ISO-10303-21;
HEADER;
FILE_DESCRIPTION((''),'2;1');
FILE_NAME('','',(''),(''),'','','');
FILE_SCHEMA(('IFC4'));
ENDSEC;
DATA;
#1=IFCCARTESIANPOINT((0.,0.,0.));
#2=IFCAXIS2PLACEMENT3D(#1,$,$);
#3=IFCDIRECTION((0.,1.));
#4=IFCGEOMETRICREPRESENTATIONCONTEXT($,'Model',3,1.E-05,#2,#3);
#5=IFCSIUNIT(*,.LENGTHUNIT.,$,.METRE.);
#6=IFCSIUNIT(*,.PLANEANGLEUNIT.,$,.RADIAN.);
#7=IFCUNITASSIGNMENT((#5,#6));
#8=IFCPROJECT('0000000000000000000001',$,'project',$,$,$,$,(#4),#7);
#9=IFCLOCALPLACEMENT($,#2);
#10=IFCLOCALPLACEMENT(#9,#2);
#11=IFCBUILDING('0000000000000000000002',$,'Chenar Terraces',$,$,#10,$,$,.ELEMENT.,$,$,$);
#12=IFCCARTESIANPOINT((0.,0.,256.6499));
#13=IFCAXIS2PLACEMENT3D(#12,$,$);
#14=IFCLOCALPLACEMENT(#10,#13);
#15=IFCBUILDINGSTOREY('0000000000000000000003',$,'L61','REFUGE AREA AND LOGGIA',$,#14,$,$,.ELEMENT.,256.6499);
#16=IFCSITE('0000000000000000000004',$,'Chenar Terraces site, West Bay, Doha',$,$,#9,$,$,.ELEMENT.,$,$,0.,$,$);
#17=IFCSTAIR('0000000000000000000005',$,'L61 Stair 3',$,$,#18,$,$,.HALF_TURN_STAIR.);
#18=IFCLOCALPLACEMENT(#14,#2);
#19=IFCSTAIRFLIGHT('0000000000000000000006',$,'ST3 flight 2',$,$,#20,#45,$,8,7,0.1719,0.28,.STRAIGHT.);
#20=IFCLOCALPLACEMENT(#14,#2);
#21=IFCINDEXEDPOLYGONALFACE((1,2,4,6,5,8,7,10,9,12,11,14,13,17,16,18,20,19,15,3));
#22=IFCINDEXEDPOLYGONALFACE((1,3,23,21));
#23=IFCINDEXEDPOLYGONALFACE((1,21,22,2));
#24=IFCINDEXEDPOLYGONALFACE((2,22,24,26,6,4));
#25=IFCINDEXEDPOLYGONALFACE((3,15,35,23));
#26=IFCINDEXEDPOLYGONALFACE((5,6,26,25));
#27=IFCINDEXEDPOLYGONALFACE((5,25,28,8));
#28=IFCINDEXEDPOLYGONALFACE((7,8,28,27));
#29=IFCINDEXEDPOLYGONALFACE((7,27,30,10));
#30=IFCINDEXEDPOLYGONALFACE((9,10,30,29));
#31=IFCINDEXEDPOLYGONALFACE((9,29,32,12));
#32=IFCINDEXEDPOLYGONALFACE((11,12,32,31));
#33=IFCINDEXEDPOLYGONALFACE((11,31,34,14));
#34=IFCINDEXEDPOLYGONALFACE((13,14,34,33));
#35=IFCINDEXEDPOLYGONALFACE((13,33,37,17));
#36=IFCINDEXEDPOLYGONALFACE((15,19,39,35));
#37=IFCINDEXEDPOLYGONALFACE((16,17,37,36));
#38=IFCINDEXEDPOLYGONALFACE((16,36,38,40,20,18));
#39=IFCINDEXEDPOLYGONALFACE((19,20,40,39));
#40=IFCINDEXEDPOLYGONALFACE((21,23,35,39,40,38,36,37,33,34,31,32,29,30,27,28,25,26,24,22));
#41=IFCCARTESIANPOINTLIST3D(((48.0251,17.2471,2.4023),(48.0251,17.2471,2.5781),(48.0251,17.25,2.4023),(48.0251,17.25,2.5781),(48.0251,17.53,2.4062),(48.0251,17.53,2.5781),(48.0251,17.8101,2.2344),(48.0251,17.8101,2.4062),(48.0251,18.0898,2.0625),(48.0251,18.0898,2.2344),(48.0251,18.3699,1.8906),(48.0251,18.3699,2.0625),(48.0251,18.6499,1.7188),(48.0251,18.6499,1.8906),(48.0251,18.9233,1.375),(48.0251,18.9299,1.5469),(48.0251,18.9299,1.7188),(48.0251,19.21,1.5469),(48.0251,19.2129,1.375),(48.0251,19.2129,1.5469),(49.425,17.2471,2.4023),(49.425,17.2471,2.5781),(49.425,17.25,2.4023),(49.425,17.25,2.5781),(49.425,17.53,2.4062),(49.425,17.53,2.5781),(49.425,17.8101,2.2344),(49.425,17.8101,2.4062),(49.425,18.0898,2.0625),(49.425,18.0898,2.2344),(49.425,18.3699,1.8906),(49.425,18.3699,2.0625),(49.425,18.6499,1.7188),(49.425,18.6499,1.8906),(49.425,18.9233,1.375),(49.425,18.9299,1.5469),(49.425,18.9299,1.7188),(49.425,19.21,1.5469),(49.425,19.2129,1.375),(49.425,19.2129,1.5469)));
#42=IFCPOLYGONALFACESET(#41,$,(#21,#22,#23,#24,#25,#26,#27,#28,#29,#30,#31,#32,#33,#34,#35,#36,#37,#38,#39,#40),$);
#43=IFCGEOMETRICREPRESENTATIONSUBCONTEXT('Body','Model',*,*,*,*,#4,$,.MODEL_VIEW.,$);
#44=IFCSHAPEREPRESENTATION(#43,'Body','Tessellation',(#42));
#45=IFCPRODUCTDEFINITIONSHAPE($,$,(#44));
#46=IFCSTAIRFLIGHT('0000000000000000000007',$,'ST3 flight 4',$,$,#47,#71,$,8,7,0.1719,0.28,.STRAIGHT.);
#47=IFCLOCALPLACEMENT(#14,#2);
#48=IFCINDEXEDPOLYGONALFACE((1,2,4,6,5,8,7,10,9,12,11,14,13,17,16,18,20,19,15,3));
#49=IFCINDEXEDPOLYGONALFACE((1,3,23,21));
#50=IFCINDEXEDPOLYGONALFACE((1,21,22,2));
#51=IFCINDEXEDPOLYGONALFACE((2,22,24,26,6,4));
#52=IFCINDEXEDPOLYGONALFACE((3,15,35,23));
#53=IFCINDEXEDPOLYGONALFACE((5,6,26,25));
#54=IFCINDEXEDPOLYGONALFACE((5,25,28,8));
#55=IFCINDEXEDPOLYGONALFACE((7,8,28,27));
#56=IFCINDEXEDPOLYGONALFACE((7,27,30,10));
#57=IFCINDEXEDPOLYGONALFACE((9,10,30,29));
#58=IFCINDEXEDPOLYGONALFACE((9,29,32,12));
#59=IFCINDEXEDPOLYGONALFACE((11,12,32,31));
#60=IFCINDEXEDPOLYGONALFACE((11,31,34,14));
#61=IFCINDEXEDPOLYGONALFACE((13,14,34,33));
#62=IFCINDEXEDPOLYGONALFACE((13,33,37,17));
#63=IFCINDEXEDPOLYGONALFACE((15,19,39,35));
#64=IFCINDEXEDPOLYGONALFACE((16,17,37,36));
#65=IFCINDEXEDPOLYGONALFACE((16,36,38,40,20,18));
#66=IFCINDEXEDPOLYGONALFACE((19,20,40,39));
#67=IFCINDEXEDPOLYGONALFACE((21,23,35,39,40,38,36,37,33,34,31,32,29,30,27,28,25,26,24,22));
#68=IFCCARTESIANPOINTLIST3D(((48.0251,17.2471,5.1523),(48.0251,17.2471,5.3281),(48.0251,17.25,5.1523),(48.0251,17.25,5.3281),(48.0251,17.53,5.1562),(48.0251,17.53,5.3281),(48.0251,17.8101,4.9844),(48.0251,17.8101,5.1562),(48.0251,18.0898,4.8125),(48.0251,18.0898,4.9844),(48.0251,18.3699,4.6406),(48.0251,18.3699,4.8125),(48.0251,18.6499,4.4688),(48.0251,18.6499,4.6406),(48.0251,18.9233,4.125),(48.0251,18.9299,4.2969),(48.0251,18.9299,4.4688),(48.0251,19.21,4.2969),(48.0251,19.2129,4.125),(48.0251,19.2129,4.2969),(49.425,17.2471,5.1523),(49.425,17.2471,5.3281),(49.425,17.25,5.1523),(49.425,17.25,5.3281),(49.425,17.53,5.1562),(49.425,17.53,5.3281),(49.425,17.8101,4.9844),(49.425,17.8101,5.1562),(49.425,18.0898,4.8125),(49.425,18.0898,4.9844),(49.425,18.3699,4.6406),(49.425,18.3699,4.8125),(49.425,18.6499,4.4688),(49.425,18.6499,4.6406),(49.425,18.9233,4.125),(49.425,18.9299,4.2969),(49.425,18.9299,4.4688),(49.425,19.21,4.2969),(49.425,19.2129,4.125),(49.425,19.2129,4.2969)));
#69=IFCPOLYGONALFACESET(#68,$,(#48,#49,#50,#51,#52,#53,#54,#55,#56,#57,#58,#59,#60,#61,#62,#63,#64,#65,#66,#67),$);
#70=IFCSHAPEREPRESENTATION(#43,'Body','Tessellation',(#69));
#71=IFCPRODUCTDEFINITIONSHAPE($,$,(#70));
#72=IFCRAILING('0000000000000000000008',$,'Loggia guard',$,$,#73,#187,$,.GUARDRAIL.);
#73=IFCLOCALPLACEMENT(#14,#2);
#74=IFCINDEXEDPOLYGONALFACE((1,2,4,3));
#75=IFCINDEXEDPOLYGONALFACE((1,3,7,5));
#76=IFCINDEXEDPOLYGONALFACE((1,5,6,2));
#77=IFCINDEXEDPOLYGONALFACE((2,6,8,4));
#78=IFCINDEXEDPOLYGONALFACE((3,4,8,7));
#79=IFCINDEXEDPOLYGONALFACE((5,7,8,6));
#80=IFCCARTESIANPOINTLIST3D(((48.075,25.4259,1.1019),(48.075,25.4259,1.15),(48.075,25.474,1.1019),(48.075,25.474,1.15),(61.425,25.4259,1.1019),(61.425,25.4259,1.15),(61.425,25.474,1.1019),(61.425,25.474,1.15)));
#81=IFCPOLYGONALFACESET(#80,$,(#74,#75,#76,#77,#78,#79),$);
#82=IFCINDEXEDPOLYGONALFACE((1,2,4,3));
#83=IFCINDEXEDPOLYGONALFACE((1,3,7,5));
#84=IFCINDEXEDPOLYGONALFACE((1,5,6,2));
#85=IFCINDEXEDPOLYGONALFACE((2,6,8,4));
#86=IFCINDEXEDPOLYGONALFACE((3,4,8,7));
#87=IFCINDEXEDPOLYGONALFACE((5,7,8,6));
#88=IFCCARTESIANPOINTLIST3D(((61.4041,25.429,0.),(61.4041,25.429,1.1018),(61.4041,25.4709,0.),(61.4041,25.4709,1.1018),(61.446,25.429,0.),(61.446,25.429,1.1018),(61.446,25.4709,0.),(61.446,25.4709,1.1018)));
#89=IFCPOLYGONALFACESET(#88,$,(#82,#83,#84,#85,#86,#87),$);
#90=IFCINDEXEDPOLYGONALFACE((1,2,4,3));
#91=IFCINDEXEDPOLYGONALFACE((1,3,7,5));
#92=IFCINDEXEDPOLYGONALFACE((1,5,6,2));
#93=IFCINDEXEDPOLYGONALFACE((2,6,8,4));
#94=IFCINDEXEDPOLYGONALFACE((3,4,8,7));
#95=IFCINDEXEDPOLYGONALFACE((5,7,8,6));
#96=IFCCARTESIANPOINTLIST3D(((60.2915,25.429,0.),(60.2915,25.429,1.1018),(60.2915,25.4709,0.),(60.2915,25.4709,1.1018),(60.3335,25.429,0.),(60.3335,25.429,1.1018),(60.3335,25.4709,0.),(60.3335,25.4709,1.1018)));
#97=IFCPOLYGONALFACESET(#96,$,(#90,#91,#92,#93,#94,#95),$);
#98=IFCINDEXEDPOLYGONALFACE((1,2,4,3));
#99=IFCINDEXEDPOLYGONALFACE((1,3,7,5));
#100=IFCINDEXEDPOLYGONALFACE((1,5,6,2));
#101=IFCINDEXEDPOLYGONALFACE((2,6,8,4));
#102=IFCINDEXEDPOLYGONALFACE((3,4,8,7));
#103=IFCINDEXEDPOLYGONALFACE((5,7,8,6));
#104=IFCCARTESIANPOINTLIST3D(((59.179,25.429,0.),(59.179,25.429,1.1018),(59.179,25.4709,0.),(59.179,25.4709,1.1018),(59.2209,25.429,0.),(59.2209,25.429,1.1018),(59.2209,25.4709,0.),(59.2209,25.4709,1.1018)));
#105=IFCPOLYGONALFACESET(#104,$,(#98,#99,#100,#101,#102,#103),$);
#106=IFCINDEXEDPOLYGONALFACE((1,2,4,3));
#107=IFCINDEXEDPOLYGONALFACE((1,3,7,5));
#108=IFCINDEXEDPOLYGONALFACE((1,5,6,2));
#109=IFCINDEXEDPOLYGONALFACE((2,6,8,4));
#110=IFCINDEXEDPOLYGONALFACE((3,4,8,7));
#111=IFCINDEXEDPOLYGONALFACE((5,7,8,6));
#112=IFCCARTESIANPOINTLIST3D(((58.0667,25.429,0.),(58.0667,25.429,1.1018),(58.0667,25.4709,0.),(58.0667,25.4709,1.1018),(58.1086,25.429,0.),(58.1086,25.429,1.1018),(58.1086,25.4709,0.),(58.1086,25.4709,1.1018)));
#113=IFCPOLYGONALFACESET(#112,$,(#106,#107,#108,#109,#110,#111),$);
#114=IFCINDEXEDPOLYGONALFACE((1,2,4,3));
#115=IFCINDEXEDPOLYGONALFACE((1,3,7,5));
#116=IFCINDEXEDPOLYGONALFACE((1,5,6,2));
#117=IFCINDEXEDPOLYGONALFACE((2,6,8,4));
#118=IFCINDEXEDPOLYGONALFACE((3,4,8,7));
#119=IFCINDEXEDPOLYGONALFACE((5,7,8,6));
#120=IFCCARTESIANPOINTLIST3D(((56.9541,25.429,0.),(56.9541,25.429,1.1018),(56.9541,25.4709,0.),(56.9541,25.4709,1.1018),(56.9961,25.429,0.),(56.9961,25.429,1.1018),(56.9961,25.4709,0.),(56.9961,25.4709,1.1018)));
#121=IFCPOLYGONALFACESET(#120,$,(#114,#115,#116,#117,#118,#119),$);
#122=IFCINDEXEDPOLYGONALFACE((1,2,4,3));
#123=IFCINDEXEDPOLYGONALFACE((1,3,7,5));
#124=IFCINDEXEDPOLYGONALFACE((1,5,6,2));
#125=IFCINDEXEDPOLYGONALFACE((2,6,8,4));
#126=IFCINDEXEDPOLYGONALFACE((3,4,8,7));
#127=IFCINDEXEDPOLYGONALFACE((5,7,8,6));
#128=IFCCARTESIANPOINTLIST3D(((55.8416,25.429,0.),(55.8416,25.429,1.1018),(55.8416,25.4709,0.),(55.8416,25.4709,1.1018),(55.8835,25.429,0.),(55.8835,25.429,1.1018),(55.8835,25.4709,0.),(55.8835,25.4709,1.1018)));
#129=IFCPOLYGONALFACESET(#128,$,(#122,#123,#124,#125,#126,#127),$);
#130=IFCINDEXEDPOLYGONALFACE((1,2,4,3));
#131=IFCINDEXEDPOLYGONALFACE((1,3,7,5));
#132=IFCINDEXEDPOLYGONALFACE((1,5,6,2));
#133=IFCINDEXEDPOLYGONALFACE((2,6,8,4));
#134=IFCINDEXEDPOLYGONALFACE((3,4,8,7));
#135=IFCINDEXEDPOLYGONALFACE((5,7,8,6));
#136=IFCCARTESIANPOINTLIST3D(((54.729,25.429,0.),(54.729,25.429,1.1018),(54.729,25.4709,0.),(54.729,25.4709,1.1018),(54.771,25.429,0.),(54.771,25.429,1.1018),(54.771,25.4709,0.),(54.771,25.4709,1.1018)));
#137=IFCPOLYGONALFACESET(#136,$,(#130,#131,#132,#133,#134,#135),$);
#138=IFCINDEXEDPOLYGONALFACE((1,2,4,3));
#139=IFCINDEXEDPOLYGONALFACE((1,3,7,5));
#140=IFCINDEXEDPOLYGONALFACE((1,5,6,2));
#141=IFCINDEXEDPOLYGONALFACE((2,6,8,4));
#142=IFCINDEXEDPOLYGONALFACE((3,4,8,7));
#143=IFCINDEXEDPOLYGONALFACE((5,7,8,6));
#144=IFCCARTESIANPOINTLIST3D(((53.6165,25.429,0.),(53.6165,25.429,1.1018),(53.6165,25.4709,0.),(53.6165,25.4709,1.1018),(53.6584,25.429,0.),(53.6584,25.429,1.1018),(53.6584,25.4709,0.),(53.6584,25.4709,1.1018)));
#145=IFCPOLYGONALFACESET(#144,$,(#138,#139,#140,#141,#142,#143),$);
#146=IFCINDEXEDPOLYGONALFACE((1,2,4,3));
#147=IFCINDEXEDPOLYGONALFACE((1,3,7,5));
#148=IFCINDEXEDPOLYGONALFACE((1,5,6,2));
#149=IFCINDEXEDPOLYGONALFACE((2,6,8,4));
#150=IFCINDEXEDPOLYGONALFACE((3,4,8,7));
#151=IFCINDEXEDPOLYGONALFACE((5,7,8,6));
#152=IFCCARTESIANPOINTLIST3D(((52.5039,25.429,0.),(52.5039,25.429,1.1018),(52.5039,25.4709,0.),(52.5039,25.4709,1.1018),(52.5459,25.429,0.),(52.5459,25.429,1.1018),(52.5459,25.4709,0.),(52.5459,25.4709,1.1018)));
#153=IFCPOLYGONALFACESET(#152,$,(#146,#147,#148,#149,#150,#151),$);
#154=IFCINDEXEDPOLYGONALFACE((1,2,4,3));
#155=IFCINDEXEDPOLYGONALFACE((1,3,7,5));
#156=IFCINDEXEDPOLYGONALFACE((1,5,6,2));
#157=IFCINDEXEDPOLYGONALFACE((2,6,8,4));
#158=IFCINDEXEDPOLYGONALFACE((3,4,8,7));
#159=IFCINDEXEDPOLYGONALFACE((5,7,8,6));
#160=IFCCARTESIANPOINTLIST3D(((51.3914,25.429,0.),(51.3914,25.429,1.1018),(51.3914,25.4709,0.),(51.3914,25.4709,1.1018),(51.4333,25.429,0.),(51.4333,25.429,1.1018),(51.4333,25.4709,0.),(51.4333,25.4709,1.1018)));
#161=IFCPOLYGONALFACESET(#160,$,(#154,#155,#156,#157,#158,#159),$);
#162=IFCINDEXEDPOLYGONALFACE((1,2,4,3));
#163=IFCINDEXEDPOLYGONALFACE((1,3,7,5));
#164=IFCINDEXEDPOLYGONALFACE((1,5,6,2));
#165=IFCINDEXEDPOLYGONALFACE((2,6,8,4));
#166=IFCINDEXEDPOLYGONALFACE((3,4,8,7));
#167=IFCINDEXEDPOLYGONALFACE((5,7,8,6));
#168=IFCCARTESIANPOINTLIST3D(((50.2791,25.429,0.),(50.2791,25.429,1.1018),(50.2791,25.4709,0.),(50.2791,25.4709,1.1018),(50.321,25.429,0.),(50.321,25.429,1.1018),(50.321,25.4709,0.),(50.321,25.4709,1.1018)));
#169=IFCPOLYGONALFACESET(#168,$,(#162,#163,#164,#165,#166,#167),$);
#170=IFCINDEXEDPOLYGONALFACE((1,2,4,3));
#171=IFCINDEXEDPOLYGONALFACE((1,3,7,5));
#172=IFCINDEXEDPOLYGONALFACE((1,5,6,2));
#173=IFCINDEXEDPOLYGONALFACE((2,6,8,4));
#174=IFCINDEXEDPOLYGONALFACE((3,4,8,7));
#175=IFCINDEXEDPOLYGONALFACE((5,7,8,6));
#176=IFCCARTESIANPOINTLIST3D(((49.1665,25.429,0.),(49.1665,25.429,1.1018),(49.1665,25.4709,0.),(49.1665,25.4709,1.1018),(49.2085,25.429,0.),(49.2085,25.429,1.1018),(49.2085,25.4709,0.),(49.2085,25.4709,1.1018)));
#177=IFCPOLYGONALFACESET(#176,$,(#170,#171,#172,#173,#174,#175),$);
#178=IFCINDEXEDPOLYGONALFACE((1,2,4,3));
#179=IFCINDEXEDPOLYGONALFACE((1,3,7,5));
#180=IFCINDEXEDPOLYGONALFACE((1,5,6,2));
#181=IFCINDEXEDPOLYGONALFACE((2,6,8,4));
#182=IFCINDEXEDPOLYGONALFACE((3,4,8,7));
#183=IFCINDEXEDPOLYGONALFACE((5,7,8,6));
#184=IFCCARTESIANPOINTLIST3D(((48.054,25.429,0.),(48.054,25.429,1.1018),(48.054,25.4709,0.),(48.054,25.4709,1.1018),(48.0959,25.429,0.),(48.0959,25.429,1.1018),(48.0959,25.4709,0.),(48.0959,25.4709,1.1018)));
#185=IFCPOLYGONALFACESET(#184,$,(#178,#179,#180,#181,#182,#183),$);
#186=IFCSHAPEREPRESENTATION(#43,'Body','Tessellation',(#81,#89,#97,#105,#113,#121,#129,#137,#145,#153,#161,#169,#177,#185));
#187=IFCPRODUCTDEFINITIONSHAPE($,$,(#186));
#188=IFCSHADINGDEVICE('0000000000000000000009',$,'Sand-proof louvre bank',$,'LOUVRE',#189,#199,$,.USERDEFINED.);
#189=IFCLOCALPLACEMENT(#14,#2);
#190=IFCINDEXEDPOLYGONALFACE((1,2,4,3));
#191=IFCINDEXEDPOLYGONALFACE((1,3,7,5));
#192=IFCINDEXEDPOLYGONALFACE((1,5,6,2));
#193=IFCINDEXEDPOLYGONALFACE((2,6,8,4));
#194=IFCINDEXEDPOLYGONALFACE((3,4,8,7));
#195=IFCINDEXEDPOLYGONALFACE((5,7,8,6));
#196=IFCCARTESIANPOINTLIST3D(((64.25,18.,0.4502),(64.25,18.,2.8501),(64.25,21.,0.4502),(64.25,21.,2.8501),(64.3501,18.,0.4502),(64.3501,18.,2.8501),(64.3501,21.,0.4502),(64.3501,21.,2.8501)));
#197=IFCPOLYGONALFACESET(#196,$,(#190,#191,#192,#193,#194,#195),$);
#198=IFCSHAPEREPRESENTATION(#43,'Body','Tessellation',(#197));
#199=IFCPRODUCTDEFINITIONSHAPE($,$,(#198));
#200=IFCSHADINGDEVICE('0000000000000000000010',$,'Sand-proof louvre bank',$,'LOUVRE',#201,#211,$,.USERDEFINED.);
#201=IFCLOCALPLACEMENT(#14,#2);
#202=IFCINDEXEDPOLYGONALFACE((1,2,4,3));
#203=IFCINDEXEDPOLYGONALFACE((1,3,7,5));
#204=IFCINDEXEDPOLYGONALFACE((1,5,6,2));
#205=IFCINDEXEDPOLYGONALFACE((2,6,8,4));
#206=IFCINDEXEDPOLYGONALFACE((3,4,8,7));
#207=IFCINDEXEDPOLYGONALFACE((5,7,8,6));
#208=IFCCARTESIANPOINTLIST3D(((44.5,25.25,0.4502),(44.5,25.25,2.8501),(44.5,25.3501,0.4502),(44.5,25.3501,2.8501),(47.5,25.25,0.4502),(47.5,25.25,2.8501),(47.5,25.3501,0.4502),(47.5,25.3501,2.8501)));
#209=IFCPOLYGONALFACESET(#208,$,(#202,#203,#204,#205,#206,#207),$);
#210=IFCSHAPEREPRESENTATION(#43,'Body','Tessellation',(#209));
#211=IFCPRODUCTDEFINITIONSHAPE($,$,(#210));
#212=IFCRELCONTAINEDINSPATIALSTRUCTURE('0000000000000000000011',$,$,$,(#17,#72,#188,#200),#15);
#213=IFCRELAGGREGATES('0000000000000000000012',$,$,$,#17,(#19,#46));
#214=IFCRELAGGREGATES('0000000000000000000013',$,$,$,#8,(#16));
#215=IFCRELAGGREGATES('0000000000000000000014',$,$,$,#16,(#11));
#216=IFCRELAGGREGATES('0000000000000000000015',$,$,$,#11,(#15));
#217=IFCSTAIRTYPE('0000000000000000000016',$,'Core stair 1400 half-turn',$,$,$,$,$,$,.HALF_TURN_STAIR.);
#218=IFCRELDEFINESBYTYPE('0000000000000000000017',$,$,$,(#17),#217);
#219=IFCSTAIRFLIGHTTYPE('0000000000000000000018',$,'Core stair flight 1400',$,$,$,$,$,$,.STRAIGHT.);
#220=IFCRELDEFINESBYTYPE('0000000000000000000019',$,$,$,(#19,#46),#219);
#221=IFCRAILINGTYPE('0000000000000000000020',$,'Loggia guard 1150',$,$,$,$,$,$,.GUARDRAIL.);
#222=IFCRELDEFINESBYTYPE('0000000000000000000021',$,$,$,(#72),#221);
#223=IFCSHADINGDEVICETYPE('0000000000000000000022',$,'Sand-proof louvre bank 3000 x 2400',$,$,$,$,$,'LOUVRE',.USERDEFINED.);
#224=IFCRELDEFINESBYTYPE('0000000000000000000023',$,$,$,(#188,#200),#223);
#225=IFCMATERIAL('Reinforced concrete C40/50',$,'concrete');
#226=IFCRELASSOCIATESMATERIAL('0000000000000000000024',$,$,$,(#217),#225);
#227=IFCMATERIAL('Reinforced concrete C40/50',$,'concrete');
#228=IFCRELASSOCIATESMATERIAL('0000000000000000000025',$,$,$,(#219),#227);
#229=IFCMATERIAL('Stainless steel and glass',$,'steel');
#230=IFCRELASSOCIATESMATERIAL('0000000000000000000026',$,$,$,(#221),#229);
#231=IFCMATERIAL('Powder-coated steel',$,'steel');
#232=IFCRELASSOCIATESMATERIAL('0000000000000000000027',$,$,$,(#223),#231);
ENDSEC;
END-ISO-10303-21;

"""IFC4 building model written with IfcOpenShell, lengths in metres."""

from ifc_helpers import new_model, si_unit, direction, frame, origin, origin_2d, place, context, subcontext, project, spatial, polyline, rectangle, outline, extrude, material, type_object, element, aggregate, save


model = new_model("IFC4")

# Units and contexts
model_context = context("Model", 3, precision=1e-05, world=origin(), true_north=direction((0.0, 1.0)))
body_context = subcontext(model_context, "Body", "Model", "MODEL_VIEW")
ifc_project = project(units=[si_unit("LENGTHUNIT", "METRE"), si_unit("PLANEANGLEUNIT", "RADIAN")], contexts=[model_context])

# Site, building, storey
site_placement = place(None, origin())
site = spatial("IfcSite", under=ifc_project, at=site_placement, Name="Chenar Terraces site, West Bay, Doha", CompositionType="ELEMENT", RefElevation=0.0)
building_placement = place(site_placement, origin())
building = spatial("IfcBuilding", under=site, at=building_placement, Name="Chenar Terraces", CompositionType="ELEMENT")
storey_placement = place(building_placement, frame((0.0, 0.0, 256.6499)))
storey = spatial("IfcBuildingStorey", under=building, at=storey_placement, Name="L61", Description="REFUGE AREA AND LOGGIA", CompositionType="ELEMENT", Elevation=256.6499)

# Stair, stair flights
ifc_material_1 = material(Name="Reinforced concrete C40/50", Category="concrete")
stair_type = type_object("IfcStairType", Name="Core stair 1400 half-turn", PredefinedType="HALF_TURN_STAIR", material=ifc_material_1)
stair_placement = place(storey_placement, origin())
stair = element("IfcStair", 1, at=stair_placement, inside=storey, type_object=stair_type, Name="L61 Stair 3", PredefinedType="HALF_TURN_STAIR")
ifc_material_2 = material(Name="Reinforced concrete C40/50", Category="concrete")
stair_flight_type = type_object("IfcStairFlightType", Name="Core stair flight 1400", PredefinedType="STRAIGHT", material=ifc_material_2)
stair_flight_1_placement = place(storey_placement, frame((48.7251, 19.21, 1.375), z_axis=(0.0, 0.0, 1.0), x_axis=(0.0, -1.0, 0.0)))
stair_flight_1 = element("IfcStairFlight", 2, at=stair_flight_1_placement, type_object=stair_flight_type, Name="ST3 flight 2", NumberOfRisers=8, NumberOfTreads=7, PredefinedType="STRAIGHT", RiserHeight=0.1719, TreadLength=0.28, context=body_context, shape_type="SweptSolid", body=[
    extrude(outline(polyline([(-0.0029, 0.0), (-0.0029, 0.1719), (0.0, 0.1719), (0.28, 0.1719), (0.28, 0.3438), (0.5601, 0.3438), (0.5601, 0.5156), (0.8401, 0.5156), (0.8401, 0.6875), (1.1201, 0.6875), (1.1201, 0.8594), (1.3999, 0.8594), (1.3999, 1.0312), (1.6799, 1.0312), (1.6799, 1.2031), (1.96, 1.2031), (1.9629, 1.2031), (1.9629, 1.0273), (1.96, 1.0273), (0.2866, 0.0), (-0.0029, 0.0)])), frame((0.0, 0.7, 0.0), z_axis=(0.0, -1.0, 0.0), x_axis=(1.0, 0.0, 0.0)), (0.0, 0.0, 1.0), 1.3999),
])
stair_flight_2_placement = place(storey_placement, frame((48.7251, 19.21, 4.125), z_axis=(0.0, 0.0, 1.0), x_axis=(0.0, -1.0, 0.0)))
stair_flight_2 = element("IfcStairFlight", 3, at=stair_flight_2_placement, type_object=stair_flight_type, Name="ST3 flight 4", NumberOfRisers=8, NumberOfTreads=7, PredefinedType="STRAIGHT", RiserHeight=0.1719, TreadLength=0.28, context=body_context, shape_type="SweptSolid", body=[
    extrude(outline(polyline([(-0.0029, 0.0), (-0.0029, 0.1719), (0.0, 0.1719), (0.28, 0.1719), (0.28, 0.3438), (0.5601, 0.3438), (0.5601, 0.5156), (0.8401, 0.5156), (0.8401, 0.6875), (1.1201, 0.6875), (1.1201, 0.8594), (1.3999, 0.8594), (1.3999, 1.0312), (1.6799, 1.0312), (1.6799, 1.2031), (1.96, 1.2031), (1.9629, 1.2031), (1.9629, 1.0273), (1.96, 1.0273), (0.2866, 0.0), (-0.0029, 0.0)])), frame((0.0, 0.7, 0.0), z_axis=(0.0, -1.0, 0.0), x_axis=(1.0, 0.0, 0.0)), (0.0, 0.0, 1.0), 1.3999),
])
aggregate(stair, [stair_flight_1, stair_flight_2])

# Railing
ifc_material_3 = material(Name="Stainless steel and glass", Category="steel")
railing_type_1 = type_object("IfcRailingType", Name="Loggia guard 1150", PredefinedType="GUARDRAIL", material=ifc_material_3)
railing_1_placement = place(storey_placement, frame((61.425, 25.45, 0.0)))
element("IfcRailing", 4, at=railing_1_placement, inside=storey, type_object=railing_type_1, Name="Loggia guard", PredefinedType="GUARDRAIL", context=body_context, shape_type="SweptSolid", body=[
    extrude(rectangle(XDim=0.0481, YDim=0.0481, at=origin_2d()), frame((0.0, 0.0, 1.126), z_axis=(-1.0, 0.0, 0.0), x_axis=(0.0, -1.0, 0.0)), (0.0, 0.0, 1.0), 13.3501),
    extrude(rectangle(XDim=0.042, YDim=0.042, at=origin_2d()), origin(), (0.0, 0.0, 1.0), 1.1018),
    extrude(rectangle(XDim=0.042, YDim=0.042, at=origin_2d()), frame((-1.1125, 0.0, 0.0)), (0.0, 0.0, 1.0), 1.1018),
    extrude(rectangle(XDim=0.042, YDim=0.042, at=origin_2d()), frame((-2.2251, 0.0, 0.0)), (0.0, 0.0, 1.0), 1.1018),
    extrude(rectangle(XDim=0.042, YDim=0.042, at=origin_2d()), frame((-3.3374, 0.0, 0.0)), (0.0, 0.0, 1.0), 1.1018),
    extrude(rectangle(XDim=0.042, YDim=0.042, at=origin_2d()), frame((-4.45, 0.0, 0.0)), (0.0, 0.0, 1.0), 1.1018),
    extrude(rectangle(XDim=0.042, YDim=0.042, at=origin_2d()), frame((-5.5625, 0.0, 0.0)), (0.0, 0.0, 1.0), 1.1018),
    extrude(rectangle(XDim=0.042, YDim=0.042, at=origin_2d()), frame((-6.675, 0.0, 0.0)), (0.0, 0.0, 1.0), 1.1018),
    extrude(rectangle(XDim=0.042, YDim=0.042, at=origin_2d()), frame((-7.7876, 0.0, 0.0)), (0.0, 0.0, 1.0), 1.1018),
    extrude(rectangle(XDim=0.042, YDim=0.042, at=origin_2d()), frame((-8.9001, 0.0, 0.0)), (0.0, 0.0, 1.0), 1.1018),
    extrude(rectangle(XDim=0.042, YDim=0.042, at=origin_2d()), frame((-10.0127, 0.0, 0.0)), (0.0, 0.0, 1.0), 1.1018),
    extrude(rectangle(XDim=0.042, YDim=0.042, at=origin_2d()), frame((-11.125, 0.0, 0.0)), (0.0, 0.0, 1.0), 1.1018),
    extrude(rectangle(XDim=0.042, YDim=0.042, at=origin_2d()), frame((-12.2375, 0.0, 0.0)), (0.0, 0.0, 1.0), 1.1018),
    extrude(rectangle(XDim=0.042, YDim=0.042, at=origin_2d()), frame((-13.3501, 0.0, 0.0)), (0.0, 0.0, 1.0), 1.1018),
])

# Shading devices
ifc_material_4 = material(Name="Powder-coated steel", Category="steel")
shading_device_type = type_object("IfcShadingDeviceType", Name="Sand-proof louvre bank 3000 x 2400", ElementType="LOUVRE", PredefinedType="USERDEFINED", material=ifc_material_4)
for number, where, z_axis, x_axis, name in (
    (5, (64.3, 19.5, 0.4502), (0.0, 0.0, 1.0), (0.0, 1.0, 0.0), "Sand-proof louvre bank"),
    (6, (46.0, 25.3, 0.4502), (0.0, 0.0, 1.0), (-1.0, 0.0, 0.0), "Sand-proof louvre bank"),
):
    element("IfcShadingDevice", number, at=place(storey_placement, frame(where, z_axis=z_axis, x_axis=x_axis)), inside=storey, type_object=shading_device_type, Name=name, ObjectType="LOUVRE", PredefinedType="USERDEFINED", context=body_context, shape_type="SweptSolid", body=[
        extrude(rectangle(XDim=3.0, YDim=0.1001, at=origin_2d()), origin(), (0.0, 0.0, 1.0), 2.3999),
    ])

save(model, "model.ifc")
